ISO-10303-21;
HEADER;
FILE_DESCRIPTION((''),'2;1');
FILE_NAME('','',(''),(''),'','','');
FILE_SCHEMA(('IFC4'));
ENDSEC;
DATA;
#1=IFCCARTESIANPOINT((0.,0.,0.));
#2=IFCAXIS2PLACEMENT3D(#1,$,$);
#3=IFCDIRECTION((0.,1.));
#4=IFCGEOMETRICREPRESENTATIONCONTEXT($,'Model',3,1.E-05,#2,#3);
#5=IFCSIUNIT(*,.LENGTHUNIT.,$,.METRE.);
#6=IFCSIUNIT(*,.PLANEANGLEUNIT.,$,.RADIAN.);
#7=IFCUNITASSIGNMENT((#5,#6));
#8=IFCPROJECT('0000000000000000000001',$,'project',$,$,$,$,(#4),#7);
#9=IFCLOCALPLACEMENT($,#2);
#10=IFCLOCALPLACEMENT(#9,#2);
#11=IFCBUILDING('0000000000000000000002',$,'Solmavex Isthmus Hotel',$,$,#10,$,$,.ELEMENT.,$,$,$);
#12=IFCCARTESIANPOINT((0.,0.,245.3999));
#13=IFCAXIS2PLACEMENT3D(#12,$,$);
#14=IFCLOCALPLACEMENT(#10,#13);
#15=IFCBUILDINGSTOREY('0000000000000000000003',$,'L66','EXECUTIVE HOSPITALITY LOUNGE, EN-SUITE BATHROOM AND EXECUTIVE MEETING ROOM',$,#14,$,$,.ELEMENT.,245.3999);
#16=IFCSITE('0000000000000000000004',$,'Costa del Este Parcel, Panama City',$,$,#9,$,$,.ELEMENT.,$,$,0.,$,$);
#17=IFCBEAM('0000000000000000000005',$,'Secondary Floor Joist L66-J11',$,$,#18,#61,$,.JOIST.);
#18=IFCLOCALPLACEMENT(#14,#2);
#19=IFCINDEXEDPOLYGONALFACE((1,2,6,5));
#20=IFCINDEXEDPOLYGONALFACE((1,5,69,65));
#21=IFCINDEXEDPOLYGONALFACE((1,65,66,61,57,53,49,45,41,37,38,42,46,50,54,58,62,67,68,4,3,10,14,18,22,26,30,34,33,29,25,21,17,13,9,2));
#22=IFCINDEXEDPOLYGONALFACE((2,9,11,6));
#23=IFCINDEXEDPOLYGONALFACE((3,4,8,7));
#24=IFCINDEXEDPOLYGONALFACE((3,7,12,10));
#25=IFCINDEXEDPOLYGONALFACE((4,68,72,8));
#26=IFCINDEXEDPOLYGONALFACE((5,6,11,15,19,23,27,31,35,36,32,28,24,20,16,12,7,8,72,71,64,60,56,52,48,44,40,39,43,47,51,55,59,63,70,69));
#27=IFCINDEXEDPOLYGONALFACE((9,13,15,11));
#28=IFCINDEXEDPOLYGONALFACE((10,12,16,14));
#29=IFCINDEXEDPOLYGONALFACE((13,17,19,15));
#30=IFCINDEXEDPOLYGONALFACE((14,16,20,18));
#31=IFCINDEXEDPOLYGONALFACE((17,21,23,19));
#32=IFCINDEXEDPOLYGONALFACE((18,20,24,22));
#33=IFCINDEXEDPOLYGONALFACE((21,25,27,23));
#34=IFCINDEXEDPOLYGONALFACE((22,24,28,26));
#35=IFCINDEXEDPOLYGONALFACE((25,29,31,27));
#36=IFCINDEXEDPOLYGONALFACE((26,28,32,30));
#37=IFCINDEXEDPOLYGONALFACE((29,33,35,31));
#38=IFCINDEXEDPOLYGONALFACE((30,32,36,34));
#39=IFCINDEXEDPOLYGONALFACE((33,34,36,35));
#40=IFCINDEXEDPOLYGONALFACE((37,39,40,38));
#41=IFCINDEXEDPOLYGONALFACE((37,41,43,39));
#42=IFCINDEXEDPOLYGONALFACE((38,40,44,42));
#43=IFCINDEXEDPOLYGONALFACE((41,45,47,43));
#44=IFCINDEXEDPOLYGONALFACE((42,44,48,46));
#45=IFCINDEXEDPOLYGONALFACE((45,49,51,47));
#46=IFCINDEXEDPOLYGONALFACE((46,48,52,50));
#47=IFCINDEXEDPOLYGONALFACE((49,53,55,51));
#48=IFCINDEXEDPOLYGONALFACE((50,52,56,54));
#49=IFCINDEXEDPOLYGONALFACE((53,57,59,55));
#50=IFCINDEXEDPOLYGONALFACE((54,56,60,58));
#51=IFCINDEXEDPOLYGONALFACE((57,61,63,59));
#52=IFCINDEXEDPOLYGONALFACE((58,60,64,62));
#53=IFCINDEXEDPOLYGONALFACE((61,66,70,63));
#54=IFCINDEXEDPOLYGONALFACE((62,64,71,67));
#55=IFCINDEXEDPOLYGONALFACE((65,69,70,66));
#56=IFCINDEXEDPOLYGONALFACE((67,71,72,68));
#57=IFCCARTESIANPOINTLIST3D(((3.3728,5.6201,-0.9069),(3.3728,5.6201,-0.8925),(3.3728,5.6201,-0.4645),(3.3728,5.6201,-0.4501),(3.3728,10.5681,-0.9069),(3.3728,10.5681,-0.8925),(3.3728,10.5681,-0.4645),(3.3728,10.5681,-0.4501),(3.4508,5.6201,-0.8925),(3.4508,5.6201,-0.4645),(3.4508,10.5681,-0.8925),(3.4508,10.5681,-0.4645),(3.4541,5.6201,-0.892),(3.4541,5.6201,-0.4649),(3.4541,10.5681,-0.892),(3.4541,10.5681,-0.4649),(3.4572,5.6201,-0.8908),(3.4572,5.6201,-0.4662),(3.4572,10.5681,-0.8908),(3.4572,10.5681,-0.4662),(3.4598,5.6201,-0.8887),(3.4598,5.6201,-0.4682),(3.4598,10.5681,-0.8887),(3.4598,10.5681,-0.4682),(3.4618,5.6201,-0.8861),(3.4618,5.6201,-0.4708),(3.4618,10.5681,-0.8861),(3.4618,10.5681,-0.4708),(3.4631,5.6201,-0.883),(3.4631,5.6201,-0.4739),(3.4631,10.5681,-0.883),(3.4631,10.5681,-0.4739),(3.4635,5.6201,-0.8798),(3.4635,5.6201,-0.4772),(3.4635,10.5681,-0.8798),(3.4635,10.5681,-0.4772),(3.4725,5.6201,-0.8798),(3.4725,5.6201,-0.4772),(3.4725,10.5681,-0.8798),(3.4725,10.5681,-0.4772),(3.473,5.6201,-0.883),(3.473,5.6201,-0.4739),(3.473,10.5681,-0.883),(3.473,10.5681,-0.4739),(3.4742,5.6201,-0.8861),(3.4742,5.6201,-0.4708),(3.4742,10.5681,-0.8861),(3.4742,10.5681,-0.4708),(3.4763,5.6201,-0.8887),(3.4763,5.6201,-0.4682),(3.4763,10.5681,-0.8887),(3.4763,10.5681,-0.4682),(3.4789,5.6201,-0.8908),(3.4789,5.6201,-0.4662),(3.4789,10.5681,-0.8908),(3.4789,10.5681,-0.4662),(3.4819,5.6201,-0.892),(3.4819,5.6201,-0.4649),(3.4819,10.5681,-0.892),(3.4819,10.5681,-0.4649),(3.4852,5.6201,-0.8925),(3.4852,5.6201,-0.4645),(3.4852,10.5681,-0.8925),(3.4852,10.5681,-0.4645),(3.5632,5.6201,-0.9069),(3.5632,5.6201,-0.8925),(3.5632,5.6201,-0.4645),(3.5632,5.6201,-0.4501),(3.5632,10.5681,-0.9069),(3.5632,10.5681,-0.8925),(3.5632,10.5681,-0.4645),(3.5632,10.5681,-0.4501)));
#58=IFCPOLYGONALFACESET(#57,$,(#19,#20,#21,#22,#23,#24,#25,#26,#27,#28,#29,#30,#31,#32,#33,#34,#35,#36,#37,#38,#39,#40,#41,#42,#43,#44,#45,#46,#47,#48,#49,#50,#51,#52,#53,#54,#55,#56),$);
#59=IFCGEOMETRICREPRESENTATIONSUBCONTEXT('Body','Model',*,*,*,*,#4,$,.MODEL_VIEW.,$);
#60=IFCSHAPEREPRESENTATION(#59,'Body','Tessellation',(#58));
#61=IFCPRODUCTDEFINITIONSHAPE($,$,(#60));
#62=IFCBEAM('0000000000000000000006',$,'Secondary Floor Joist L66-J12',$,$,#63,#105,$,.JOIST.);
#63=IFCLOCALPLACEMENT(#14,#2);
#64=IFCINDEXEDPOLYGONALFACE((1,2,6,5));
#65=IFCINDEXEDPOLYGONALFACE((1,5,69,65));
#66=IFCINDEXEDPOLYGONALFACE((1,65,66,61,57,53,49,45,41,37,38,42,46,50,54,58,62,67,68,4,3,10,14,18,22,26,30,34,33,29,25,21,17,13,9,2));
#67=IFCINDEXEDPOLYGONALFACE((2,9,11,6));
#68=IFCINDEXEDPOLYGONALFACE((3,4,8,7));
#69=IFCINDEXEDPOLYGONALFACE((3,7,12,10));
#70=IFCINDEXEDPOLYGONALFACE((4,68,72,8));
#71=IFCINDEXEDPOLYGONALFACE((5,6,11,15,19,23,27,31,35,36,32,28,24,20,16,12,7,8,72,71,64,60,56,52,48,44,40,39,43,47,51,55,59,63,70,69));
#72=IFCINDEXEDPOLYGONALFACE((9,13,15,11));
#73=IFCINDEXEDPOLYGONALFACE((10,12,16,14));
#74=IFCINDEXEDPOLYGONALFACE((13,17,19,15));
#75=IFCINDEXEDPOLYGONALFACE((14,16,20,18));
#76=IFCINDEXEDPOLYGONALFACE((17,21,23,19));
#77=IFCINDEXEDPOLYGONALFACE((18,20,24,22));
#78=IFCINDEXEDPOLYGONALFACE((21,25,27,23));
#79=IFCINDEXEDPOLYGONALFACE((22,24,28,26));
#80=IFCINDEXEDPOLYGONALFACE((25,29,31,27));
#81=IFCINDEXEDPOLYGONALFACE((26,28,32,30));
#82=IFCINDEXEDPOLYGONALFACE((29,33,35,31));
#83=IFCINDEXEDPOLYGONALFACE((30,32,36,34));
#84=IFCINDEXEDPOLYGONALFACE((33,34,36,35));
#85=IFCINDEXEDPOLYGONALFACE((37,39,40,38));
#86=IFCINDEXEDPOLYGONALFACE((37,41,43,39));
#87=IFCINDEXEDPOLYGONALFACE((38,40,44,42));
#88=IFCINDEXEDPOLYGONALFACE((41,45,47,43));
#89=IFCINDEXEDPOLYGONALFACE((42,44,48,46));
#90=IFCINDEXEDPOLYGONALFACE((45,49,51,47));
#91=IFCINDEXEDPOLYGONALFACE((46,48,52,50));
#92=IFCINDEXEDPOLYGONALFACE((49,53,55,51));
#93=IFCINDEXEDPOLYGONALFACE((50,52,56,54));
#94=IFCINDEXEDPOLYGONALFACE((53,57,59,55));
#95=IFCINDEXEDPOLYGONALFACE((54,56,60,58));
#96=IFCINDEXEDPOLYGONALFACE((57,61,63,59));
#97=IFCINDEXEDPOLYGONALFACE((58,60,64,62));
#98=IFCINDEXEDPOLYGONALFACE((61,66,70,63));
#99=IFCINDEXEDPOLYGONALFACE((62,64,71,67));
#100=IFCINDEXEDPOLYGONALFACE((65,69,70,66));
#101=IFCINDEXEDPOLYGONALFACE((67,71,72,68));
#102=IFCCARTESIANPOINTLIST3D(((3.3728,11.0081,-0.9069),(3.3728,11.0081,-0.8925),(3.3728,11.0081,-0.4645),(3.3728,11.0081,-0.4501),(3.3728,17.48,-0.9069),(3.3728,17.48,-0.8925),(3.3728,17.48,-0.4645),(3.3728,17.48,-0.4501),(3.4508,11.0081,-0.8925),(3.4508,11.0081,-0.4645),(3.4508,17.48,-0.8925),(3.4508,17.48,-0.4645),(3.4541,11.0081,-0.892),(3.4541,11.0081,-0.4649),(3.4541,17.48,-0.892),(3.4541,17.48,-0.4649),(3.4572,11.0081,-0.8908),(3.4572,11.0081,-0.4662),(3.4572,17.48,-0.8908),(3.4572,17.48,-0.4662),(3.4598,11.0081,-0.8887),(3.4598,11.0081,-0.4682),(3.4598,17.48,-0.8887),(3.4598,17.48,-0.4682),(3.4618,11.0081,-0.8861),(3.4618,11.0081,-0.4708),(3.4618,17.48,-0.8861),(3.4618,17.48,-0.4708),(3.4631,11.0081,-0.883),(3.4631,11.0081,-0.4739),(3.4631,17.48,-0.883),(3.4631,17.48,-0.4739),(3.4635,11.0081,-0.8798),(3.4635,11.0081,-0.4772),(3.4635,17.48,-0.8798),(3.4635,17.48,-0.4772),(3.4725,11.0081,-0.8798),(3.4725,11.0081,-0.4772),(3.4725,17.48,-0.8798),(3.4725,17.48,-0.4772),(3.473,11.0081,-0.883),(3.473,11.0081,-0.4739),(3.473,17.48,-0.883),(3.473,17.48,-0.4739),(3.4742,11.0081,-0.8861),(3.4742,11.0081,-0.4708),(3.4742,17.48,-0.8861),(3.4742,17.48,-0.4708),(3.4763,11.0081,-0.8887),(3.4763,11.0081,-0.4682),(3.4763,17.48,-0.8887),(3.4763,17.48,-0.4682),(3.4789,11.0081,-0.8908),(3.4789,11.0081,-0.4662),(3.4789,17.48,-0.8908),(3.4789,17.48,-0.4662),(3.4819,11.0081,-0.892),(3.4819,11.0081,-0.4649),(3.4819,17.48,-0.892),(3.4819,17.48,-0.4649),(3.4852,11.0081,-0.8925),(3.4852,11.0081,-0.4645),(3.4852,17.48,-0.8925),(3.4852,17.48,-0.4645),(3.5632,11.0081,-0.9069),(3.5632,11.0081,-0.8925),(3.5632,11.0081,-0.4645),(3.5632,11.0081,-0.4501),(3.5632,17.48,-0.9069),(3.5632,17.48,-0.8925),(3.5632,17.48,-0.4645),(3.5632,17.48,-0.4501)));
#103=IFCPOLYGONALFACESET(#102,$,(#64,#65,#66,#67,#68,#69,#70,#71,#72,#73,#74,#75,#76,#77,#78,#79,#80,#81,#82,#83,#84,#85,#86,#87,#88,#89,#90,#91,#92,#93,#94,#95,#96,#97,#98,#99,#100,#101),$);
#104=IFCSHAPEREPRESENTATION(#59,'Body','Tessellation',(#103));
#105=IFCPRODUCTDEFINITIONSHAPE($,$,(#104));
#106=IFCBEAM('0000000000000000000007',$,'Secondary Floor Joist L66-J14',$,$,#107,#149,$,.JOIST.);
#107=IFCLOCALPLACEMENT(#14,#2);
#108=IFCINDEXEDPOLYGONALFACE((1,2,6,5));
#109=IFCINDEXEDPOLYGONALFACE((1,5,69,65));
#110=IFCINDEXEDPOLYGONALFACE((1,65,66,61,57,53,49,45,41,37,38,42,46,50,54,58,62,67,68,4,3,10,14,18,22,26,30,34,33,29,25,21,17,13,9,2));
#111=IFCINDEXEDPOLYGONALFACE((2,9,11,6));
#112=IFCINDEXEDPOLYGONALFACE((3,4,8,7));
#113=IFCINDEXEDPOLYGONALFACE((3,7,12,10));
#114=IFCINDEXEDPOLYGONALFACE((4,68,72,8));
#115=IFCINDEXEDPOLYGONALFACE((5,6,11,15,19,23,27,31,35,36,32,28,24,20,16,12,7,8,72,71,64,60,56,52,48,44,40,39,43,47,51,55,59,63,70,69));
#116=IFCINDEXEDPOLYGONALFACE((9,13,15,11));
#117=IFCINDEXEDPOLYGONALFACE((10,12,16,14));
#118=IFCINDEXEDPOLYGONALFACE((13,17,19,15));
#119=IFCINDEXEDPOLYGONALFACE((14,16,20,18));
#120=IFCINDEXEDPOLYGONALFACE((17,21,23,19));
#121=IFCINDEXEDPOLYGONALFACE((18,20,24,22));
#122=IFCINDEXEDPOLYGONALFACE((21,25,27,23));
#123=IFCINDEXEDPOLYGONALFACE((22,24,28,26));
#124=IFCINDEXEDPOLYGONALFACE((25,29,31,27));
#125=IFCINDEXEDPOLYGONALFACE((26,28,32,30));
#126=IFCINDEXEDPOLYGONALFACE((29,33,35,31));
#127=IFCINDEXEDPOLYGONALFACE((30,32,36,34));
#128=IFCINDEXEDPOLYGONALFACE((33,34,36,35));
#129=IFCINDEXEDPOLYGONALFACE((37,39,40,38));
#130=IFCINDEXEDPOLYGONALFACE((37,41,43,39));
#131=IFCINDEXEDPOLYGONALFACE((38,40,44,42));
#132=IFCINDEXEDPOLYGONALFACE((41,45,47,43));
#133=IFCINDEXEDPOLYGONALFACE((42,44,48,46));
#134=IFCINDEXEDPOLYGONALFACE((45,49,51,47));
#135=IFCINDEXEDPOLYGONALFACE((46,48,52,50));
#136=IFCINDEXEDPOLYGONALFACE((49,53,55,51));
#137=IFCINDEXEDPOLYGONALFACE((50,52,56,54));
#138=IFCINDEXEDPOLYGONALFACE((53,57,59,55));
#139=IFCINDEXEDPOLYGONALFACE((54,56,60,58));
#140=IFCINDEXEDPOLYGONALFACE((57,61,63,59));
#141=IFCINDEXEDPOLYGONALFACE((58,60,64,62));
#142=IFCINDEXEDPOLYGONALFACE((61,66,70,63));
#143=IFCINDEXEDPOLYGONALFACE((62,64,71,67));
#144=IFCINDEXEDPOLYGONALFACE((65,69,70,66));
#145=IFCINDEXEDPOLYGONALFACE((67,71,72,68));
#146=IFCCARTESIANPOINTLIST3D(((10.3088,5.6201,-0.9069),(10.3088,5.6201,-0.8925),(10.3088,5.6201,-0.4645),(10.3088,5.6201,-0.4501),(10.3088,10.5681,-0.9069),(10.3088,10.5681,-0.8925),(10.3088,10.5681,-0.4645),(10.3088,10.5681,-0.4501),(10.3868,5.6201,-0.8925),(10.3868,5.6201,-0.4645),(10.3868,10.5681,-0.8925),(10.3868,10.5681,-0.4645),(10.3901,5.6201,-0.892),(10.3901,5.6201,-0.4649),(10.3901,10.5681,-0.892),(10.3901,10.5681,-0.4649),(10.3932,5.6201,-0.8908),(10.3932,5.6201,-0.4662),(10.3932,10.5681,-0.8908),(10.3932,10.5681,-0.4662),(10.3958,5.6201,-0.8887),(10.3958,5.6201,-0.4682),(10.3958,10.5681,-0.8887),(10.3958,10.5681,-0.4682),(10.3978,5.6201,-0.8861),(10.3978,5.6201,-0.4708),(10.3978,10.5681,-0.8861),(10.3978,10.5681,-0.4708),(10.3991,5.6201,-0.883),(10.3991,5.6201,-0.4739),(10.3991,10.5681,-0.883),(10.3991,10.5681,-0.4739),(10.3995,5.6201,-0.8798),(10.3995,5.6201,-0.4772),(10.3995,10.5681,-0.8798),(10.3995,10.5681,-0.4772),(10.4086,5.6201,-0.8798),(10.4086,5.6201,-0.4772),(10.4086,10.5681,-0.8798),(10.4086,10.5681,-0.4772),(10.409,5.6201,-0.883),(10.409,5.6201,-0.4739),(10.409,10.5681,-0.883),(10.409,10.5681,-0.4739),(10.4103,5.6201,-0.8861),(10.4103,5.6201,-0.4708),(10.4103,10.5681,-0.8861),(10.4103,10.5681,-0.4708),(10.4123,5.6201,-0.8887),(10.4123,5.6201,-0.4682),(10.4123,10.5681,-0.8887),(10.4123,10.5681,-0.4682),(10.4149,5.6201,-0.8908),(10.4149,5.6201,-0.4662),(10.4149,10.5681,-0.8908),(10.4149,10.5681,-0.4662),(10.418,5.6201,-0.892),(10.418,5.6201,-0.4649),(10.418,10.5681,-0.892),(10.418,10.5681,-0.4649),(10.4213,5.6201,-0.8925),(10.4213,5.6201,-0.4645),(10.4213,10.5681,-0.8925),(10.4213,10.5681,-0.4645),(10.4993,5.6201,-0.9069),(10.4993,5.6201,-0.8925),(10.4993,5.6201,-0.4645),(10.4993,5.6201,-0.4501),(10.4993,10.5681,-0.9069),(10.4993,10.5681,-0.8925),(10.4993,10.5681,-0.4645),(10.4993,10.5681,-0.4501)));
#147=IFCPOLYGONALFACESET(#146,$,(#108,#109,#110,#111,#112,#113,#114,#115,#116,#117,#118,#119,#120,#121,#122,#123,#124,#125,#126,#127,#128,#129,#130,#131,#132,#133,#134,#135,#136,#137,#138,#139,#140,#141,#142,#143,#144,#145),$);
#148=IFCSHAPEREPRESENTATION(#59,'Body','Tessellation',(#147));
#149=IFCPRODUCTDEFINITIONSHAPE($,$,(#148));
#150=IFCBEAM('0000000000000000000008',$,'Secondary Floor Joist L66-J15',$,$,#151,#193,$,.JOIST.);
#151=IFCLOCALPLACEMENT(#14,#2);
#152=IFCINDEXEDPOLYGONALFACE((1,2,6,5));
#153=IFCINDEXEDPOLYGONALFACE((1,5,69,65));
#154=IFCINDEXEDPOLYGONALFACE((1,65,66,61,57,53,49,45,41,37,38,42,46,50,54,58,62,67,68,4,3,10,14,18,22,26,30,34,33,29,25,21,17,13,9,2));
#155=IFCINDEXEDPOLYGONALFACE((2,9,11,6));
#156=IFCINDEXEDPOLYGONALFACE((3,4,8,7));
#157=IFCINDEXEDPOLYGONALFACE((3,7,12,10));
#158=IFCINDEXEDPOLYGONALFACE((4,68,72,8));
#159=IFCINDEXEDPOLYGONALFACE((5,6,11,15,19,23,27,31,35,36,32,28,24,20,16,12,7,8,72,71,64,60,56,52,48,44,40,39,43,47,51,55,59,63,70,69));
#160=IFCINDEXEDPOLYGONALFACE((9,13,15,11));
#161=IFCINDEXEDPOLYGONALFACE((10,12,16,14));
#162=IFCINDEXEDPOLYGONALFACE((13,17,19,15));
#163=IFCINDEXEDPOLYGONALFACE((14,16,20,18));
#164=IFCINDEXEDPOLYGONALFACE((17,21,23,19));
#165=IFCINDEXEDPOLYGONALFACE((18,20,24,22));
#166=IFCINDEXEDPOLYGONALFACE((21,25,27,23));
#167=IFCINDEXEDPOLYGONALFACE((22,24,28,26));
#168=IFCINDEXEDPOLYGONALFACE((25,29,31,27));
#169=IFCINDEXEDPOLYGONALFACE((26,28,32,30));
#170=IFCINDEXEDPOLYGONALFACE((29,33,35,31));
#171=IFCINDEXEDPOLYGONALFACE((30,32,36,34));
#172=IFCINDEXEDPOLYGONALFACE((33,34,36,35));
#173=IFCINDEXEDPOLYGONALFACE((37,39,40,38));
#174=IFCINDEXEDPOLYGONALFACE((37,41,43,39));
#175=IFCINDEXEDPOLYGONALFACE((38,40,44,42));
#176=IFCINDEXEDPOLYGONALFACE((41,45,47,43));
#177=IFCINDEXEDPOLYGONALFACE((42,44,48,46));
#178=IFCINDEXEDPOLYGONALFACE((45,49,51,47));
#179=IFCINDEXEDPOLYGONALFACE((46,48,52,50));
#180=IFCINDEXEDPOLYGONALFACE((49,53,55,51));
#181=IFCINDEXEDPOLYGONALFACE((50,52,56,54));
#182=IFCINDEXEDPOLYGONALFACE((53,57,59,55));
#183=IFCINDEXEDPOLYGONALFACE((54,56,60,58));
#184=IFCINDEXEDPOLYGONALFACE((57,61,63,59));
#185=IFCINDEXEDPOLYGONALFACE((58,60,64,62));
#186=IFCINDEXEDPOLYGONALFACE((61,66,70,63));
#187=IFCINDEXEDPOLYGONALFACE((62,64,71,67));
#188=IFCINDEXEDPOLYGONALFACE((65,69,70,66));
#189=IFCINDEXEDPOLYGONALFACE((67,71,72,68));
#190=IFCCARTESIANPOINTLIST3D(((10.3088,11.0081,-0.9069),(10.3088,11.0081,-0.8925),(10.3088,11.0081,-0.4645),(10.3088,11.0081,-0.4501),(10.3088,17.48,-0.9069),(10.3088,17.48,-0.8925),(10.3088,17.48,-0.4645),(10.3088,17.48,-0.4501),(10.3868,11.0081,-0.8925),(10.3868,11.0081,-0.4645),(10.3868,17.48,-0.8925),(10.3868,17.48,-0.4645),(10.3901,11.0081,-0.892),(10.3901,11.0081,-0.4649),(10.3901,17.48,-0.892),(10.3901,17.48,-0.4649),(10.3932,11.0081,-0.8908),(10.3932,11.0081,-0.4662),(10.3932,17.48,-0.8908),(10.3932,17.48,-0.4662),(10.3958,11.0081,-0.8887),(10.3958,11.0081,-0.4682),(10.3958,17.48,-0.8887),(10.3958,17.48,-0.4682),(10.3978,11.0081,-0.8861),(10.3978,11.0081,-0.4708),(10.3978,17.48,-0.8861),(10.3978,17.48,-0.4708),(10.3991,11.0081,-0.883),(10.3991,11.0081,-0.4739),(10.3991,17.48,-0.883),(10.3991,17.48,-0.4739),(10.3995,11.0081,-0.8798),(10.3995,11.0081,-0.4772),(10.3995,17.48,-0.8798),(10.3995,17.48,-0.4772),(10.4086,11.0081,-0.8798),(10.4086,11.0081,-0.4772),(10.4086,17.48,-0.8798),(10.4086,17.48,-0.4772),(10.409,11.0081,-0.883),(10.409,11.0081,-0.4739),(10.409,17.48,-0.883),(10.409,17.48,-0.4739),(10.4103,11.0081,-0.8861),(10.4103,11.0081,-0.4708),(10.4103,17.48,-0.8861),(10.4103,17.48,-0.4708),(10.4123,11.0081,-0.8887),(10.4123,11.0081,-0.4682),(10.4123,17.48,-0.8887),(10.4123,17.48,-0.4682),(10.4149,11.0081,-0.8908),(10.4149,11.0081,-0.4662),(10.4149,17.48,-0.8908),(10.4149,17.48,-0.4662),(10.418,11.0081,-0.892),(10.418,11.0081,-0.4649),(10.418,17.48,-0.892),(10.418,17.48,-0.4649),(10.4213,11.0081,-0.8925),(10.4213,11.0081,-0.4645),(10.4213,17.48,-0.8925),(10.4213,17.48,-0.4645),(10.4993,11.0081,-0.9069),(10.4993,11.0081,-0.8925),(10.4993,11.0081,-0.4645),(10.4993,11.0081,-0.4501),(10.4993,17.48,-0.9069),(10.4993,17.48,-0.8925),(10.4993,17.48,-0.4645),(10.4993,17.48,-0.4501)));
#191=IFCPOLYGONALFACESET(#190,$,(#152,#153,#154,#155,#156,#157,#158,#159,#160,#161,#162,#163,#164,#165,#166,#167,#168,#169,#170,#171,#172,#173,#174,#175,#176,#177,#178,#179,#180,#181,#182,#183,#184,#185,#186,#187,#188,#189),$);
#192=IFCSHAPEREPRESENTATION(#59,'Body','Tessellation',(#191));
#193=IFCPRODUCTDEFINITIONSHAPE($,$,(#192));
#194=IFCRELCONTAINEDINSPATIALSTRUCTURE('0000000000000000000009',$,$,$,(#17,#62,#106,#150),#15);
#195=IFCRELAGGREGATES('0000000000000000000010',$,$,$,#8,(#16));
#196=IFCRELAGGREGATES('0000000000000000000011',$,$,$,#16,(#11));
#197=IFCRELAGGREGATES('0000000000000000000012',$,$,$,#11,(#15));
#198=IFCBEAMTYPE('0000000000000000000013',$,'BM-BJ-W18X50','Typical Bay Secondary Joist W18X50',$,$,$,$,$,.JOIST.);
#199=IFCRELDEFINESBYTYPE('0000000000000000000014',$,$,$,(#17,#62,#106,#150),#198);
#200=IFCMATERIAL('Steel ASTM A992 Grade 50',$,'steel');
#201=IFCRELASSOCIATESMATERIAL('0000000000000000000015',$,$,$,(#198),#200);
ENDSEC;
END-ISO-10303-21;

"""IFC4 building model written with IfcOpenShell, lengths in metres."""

from ifc_helpers import new_model, si_unit, direction, frame, origin, origin_2d, place, context, subcontext, project, spatial, i_section, extrude, material, material_profile, profile_set, type_object, element, save


model = new_model("IFC4")

# Units and contexts
model_context = context("Model", 3, precision=1e-05, world=origin(), true_north=direction((0.0, 1.0)))
body_context = subcontext(model_context, "Body", "Model", "MODEL_VIEW")
ifc_project = project(units=[si_unit("LENGTHUNIT", "METRE"), si_unit("PLANEANGLEUNIT", "RADIAN")], contexts=[model_context])

# Site, building, storey
site_placement = place(None, origin())
site = spatial("IfcSite", under=ifc_project, at=site_placement, Name="Costa del Este Parcel, Panama City", CompositionType="ELEMENT", RefElevation=0.0)
building_placement = place(site_placement, origin())
building = spatial("IfcBuilding", under=site, at=building_placement, Name="Solmavex Isthmus Hotel", CompositionType="ELEMENT")
storey_placement = place(building_placement, frame((0.0, 0.0, 245.3999)))
storey = spatial("IfcBuildingStorey", under=building, at=storey_placement, Name="L66", Description="EXECUTIVE HOSPITALITY LOUNGE, EN-SUITE BATHROOM AND EXECUTIVE MEETING ROOM", CompositionType="ELEMENT", Elevation=245.3999)

# Beams
ifc_material_1 = material(Name="Steel ASTM A992 Grade 50", Category="steel")
ifc_material_profile_1 = material_profile(ifc_material_1, i_section(OverallWidth=0.1904, OverallDepth=0.4568, WebThickness=0.009, FlangeThickness=0.0144, FilletRadius=0.0127, at=origin_2d()), Name="W18X50")
ifc_profile_set_1 = profile_set([ifc_material_profile_1], Name="Steel ASTM A992 Grade 50")
beam_type_1 = type_object("IfcBeamType", Name="BM-BJ-W18X50", Description="Typical Bay Secondary Joist W18X50", PredefinedType="JOIST", material=ifc_profile_set_1)
beam_1_placement = place(storey_placement, frame((3.468, 5.6201, -0.6785), z_axis=(0.0, 1.0, 0.0), x_axis=(-1.0, 0.0, 0.0)))
element("IfcBeam", 1, at=beam_1_placement, inside=storey, type_object=beam_type_1, Name="Secondary Floor Joist L66-J11", PredefinedType="JOIST", context=body_context, shape_type="SweptSolid", body=[
    extrude(i_section(OverallWidth=0.1904, OverallDepth=0.4568, WebThickness=0.009, FlangeThickness=0.0144, FilletRadius=0.0127, at=origin_2d()), origin(), (0.0, 0.0, 1.0), 4.948),
])
beam_2_placement = place(storey_placement, frame((3.468, 11.0081, -0.6785), z_axis=(0.0, 1.0, 0.0), x_axis=(-1.0, 0.0, 0.0)))
element("IfcBeam", 2, at=beam_2_placement, inside=storey, type_object=beam_type_1, Name="Secondary Floor Joist L66-J12", PredefinedType="JOIST", context=body_context, shape_type="SweptSolid", body=[
    extrude(i_section(OverallWidth=0.1904, OverallDepth=0.4568, WebThickness=0.009, FlangeThickness=0.0144, FilletRadius=0.0127, at=origin_2d()), origin(), (0.0, 0.0, 1.0), 6.4719),
])
beam_3_placement = place(storey_placement, frame((10.4041, 5.6201, -0.6785), z_axis=(0.0, 1.0, 0.0), x_axis=(-1.0, 0.0, 0.0)))
element("IfcBeam", 3, at=beam_3_placement, inside=storey, type_object=beam_type_1, Name="Secondary Floor Joist L66-J14", PredefinedType="JOIST", context=body_context, shape_type="SweptSolid", body=[
    extrude(i_section(OverallWidth=0.1904, OverallDepth=0.4568, WebThickness=0.009, FlangeThickness=0.0144, FilletRadius=0.0127, at=origin_2d()), origin(), (0.0, 0.0, 1.0), 4.948),
])
beam_4_placement = place(storey_placement, frame((10.4041, 11.0081, -0.6785), z_axis=(0.0, 1.0, 0.0), x_axis=(-1.0, 0.0, 0.0)))
element("IfcBeam", 4, at=beam_4_placement, inside=storey, type_object=beam_type_1, Name="Secondary Floor Joist L66-J15", PredefinedType="JOIST", context=body_context, shape_type="SweptSolid", body=[
    extrude(i_section(OverallWidth=0.1904, OverallDepth=0.4568, WebThickness=0.009, FlangeThickness=0.0144, FilletRadius=0.0127, at=origin_2d()), origin(), (0.0, 0.0, 1.0), 6.4719),
])

save(model, "model.ifc")
